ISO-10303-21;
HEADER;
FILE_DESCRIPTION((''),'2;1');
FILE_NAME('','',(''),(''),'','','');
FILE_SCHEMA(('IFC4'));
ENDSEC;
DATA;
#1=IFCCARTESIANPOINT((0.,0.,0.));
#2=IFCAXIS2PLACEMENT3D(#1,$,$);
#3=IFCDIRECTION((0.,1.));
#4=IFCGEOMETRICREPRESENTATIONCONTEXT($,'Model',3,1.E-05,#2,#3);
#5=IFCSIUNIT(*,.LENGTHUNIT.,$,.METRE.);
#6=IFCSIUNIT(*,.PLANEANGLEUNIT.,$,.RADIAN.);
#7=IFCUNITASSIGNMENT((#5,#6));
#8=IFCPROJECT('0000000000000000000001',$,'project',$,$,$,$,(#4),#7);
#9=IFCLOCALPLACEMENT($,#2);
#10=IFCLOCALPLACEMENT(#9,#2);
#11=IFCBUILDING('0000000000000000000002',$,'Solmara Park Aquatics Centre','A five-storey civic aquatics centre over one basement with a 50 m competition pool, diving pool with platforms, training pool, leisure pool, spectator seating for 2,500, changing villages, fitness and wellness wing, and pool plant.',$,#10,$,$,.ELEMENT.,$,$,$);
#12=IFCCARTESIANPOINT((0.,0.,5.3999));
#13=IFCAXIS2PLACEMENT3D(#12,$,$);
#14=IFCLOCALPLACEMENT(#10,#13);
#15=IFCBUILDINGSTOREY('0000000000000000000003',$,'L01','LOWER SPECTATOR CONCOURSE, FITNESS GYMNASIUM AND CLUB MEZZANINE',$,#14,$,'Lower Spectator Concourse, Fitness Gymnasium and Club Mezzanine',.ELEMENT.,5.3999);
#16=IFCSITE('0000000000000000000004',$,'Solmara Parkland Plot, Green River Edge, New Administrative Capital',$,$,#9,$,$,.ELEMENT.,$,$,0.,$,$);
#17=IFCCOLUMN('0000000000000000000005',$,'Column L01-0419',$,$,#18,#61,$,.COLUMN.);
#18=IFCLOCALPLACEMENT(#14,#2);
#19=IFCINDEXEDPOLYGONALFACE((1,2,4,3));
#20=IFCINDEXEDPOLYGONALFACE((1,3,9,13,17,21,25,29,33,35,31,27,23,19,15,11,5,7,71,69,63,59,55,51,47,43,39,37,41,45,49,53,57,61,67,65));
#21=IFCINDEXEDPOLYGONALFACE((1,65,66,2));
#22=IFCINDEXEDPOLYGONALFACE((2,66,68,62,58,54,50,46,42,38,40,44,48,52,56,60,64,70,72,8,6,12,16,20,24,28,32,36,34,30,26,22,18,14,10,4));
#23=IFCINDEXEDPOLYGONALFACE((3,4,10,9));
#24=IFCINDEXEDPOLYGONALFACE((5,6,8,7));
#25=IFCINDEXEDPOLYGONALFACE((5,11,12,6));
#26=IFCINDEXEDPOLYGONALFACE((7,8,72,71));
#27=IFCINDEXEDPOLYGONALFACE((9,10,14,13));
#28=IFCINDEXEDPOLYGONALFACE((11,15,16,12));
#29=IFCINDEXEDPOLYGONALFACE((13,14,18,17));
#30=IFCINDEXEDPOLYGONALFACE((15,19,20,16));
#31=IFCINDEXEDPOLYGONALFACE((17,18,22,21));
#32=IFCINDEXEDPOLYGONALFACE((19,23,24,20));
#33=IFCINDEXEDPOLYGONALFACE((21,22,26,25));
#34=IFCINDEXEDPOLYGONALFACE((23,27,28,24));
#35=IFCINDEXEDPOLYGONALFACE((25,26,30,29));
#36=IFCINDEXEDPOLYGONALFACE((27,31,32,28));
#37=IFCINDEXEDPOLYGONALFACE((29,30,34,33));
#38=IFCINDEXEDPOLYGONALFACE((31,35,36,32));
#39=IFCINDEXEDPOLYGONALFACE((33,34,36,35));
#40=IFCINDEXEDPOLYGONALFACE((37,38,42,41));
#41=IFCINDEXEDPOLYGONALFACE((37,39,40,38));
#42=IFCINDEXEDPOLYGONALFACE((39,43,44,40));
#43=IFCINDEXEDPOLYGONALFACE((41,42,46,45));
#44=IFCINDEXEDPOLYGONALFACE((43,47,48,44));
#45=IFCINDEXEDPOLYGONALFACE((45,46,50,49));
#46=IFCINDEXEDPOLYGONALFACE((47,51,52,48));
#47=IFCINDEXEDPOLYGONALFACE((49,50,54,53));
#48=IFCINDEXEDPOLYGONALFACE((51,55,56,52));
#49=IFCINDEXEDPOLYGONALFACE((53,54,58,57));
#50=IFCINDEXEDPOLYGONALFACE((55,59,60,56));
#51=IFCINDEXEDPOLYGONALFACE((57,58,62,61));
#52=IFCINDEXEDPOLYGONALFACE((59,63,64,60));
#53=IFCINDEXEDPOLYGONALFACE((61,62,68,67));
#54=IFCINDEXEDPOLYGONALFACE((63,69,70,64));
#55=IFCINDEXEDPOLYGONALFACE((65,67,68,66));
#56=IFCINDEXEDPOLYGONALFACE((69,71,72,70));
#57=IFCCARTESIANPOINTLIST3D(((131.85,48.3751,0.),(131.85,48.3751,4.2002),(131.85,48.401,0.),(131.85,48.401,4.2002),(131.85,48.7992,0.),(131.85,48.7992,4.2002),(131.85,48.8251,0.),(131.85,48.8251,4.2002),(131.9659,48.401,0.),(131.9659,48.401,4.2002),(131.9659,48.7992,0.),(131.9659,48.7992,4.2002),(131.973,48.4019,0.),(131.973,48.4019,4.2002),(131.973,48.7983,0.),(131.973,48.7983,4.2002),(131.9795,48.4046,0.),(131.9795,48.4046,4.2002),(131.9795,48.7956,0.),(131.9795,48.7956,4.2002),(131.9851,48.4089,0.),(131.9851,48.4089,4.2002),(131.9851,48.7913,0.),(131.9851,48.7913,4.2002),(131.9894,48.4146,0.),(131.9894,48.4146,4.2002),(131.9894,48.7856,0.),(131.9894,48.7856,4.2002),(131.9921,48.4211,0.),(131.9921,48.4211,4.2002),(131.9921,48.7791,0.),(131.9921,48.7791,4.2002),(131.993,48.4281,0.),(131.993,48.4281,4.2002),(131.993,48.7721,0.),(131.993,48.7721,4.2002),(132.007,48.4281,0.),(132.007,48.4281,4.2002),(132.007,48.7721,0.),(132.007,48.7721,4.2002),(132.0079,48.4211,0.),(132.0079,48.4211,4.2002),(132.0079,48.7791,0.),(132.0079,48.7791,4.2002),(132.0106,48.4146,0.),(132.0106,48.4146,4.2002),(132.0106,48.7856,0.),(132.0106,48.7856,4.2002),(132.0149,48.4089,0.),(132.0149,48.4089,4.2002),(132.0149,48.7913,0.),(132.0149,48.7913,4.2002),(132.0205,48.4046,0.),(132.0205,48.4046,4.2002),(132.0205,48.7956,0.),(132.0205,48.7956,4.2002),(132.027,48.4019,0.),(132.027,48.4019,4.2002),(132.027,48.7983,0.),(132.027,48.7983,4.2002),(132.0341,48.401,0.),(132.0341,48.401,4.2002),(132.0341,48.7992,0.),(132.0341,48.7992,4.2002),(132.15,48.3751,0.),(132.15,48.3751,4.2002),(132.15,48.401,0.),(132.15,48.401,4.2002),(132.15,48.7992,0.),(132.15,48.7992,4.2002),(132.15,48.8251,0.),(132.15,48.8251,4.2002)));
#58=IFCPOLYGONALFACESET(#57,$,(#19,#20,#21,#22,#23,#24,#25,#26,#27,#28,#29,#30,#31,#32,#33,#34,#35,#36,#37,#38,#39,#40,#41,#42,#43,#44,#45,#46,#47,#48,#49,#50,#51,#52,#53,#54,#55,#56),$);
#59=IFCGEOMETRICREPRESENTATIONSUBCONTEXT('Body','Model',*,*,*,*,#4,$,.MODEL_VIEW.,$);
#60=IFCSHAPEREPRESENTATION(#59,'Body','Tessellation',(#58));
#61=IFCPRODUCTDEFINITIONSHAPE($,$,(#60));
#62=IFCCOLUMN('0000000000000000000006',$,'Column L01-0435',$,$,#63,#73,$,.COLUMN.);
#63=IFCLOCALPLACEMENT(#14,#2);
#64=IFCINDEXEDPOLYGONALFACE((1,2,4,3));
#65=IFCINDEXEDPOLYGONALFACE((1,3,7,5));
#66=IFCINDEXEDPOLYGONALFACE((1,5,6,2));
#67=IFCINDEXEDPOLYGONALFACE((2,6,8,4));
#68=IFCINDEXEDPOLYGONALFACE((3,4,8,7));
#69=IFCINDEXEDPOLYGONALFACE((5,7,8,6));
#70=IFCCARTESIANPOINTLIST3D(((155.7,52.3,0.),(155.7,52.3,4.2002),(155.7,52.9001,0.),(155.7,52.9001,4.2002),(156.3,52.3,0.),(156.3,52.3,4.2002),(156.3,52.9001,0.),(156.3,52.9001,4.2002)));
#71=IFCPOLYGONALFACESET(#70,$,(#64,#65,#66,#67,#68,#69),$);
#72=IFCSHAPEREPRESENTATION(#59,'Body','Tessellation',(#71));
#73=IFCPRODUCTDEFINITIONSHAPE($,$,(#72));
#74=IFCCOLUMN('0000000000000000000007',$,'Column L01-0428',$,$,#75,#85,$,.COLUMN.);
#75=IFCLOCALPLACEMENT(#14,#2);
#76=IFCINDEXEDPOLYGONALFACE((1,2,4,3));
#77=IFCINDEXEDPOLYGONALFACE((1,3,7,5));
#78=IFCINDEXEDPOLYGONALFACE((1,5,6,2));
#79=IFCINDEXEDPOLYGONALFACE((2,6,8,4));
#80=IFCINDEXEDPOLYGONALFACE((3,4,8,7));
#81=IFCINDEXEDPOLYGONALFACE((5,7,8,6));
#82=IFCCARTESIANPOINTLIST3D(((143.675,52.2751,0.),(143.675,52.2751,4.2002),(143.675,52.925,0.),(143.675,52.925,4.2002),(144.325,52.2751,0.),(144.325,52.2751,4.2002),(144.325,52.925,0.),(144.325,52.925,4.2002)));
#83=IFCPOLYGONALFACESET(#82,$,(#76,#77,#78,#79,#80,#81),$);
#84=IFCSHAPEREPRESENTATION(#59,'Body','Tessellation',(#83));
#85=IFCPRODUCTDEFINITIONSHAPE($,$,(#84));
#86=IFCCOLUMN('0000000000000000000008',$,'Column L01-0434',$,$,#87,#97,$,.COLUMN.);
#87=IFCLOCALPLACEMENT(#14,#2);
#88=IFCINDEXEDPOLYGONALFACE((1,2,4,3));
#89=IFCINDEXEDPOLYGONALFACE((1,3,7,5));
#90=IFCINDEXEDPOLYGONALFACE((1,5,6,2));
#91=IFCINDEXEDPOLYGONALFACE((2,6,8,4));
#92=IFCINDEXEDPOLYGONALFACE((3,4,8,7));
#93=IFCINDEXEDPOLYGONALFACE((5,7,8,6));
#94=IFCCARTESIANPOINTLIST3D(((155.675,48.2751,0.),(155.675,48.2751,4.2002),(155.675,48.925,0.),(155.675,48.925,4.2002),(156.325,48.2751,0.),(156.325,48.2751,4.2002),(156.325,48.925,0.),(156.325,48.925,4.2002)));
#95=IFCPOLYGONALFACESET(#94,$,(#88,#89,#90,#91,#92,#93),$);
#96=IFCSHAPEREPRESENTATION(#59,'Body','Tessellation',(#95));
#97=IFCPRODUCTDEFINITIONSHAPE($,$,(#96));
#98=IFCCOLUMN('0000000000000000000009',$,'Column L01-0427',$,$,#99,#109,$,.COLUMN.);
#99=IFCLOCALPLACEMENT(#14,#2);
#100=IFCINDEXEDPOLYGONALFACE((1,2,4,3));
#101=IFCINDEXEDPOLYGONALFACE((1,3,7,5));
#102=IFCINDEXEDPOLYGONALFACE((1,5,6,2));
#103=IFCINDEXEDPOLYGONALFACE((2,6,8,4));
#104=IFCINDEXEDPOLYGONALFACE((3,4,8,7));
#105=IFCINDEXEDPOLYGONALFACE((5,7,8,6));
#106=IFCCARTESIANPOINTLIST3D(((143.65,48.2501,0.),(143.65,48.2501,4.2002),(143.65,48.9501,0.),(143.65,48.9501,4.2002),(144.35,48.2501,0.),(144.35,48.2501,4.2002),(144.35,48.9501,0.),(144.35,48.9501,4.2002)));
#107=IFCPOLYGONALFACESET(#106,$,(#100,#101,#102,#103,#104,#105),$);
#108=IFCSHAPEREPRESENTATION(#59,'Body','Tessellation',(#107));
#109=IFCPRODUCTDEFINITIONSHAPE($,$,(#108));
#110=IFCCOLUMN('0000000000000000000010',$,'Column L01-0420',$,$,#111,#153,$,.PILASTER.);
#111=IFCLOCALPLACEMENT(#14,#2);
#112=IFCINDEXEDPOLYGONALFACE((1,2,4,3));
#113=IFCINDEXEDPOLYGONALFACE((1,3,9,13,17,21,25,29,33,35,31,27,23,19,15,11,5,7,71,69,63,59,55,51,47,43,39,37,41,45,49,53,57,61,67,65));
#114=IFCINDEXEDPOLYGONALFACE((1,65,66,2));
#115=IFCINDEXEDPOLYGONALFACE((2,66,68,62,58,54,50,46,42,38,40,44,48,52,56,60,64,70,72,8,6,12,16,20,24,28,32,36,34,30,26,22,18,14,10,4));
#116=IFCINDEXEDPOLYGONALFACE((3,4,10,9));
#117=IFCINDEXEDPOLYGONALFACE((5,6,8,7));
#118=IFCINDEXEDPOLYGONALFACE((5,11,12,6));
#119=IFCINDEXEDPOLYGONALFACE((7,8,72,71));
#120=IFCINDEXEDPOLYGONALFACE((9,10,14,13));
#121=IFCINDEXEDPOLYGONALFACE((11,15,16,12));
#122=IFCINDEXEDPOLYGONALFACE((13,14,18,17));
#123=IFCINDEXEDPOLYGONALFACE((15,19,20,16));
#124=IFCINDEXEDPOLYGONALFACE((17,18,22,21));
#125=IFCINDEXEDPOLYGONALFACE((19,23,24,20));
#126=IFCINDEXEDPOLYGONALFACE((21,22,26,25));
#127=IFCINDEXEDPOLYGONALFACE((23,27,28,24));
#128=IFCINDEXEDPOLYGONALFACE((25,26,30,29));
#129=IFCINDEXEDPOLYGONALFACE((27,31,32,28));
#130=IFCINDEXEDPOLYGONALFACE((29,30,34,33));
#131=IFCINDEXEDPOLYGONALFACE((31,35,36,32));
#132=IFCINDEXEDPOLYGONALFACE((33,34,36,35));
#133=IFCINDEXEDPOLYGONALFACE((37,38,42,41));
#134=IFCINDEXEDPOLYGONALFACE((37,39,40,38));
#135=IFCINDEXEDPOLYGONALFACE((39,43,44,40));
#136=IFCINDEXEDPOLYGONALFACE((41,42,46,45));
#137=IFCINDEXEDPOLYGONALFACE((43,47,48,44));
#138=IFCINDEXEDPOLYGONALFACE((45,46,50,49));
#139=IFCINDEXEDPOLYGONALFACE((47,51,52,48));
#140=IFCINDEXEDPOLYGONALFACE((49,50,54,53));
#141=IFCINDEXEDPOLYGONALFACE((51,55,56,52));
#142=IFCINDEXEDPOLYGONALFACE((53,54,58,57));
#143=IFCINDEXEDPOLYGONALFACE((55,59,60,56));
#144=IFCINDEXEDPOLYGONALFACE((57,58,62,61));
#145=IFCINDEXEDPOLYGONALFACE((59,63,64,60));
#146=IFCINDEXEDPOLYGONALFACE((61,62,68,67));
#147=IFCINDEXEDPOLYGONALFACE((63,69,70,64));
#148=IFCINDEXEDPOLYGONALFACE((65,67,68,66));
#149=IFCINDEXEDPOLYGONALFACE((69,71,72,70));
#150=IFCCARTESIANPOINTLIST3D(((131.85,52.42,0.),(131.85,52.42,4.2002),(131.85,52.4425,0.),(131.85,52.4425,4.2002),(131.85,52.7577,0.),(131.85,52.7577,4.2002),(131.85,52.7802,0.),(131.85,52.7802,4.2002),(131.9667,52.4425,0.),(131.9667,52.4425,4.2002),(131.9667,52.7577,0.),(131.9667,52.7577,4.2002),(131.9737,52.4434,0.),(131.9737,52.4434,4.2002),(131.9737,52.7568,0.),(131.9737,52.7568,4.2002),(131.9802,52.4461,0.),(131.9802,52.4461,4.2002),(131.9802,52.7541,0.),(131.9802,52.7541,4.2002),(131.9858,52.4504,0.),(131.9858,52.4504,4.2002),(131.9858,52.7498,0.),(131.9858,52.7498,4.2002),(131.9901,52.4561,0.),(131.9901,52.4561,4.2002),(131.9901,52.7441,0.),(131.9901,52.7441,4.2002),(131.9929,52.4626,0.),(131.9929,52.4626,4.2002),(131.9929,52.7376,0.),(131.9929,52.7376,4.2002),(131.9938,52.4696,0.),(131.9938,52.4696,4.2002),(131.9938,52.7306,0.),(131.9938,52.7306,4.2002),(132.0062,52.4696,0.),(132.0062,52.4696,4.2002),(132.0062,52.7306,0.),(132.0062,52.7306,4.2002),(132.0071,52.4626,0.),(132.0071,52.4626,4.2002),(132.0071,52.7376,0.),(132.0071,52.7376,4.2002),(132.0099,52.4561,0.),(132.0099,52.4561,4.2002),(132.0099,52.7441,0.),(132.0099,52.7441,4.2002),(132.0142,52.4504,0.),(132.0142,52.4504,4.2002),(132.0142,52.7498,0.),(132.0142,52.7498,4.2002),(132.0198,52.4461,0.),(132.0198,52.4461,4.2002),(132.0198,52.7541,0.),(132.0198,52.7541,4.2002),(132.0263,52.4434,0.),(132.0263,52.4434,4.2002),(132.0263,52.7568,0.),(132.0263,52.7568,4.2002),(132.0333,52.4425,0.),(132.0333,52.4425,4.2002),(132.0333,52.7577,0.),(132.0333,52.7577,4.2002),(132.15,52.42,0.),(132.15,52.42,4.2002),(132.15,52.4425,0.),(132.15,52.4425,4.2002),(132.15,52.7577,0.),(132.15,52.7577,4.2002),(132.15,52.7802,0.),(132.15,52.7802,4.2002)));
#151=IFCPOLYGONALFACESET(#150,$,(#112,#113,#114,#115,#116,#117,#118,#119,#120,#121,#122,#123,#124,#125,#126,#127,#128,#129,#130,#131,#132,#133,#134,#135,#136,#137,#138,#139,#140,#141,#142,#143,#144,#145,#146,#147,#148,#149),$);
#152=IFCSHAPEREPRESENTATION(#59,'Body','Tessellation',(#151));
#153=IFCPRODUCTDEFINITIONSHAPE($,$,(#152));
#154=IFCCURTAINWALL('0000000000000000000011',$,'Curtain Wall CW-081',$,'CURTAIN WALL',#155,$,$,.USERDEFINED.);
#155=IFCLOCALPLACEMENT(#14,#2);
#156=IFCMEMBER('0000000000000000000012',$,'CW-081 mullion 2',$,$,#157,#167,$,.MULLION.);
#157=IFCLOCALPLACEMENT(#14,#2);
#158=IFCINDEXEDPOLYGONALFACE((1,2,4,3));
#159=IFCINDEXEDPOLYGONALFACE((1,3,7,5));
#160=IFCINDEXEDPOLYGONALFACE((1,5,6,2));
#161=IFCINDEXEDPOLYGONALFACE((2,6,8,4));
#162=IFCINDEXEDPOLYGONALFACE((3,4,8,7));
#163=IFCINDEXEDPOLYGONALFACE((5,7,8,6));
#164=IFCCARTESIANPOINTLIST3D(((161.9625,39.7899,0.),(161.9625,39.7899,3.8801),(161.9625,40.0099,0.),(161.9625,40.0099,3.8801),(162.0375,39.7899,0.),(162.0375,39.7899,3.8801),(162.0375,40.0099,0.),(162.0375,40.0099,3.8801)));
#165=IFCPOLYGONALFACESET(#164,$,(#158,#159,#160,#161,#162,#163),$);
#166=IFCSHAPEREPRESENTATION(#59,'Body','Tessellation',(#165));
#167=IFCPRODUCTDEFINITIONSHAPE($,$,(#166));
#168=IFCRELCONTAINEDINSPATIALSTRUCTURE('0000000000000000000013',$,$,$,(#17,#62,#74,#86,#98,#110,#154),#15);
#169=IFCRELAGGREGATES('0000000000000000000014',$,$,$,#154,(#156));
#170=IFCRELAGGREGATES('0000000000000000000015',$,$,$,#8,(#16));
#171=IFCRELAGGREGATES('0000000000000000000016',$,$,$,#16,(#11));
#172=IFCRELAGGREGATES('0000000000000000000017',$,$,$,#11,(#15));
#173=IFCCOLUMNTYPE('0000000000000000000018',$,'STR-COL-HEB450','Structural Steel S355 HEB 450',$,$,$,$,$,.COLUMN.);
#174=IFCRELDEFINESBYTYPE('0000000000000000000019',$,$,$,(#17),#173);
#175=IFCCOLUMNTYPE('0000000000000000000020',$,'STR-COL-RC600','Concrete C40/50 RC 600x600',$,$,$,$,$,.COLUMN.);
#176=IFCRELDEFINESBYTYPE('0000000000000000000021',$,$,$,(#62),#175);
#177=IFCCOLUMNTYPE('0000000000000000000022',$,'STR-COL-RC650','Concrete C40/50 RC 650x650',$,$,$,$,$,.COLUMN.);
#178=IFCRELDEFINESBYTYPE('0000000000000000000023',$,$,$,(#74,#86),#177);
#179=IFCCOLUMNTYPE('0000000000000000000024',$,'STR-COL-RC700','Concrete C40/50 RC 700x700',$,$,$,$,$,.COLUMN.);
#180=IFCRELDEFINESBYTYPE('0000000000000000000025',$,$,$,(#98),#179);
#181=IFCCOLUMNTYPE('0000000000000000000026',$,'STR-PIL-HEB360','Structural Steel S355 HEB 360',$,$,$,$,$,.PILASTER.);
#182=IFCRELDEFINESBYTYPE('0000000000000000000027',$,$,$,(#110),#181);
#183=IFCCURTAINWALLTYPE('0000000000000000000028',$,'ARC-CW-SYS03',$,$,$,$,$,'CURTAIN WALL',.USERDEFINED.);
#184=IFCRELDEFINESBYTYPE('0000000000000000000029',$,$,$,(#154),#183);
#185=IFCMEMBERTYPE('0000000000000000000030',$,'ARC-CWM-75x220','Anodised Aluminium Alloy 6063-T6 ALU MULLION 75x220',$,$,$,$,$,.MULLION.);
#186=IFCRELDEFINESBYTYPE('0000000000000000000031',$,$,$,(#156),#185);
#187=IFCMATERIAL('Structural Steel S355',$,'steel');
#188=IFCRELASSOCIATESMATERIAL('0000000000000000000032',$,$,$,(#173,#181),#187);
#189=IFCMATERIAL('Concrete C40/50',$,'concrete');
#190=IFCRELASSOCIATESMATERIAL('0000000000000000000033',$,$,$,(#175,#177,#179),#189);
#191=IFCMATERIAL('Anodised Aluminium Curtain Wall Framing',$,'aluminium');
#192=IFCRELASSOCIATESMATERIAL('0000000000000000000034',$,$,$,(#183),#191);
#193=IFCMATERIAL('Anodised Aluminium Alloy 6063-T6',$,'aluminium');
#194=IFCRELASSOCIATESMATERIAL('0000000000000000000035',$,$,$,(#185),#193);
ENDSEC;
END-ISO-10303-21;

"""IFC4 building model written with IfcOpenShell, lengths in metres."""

from ifc_helpers import new_model, si_unit, direction, frame, origin, origin_2d, place, context, subcontext, project, spatial, rectangle, i_section, extrude, material, material_profile, profile_set, type_object, element, aggregate, save


model = new_model("IFC4")

# Units and contexts
model_context = context("Model", 3, precision=1e-05, world=origin(), true_north=direction((0.0, 1.0)))
body_context = subcontext(model_context, "Body", "Model", "MODEL_VIEW")
ifc_project = project(units=[si_unit("LENGTHUNIT", "METRE"), si_unit("PLANEANGLEUNIT", "RADIAN")], contexts=[model_context])

# Site, building, storey
site_placement = place(None, origin())
site = spatial("IfcSite", under=ifc_project, at=site_placement, Name="Solmara Parkland Plot, Green River Edge, New Administrative Capital", CompositionType="ELEMENT", RefElevation=0.0)
building_placement = place(site_placement, origin())
building = spatial("IfcBuilding", under=site, at=building_placement, Name="Solmara Park Aquatics Centre", Description="A five-storey civic aquatics centre over one basement with a 50 m competition pool, diving pool with platforms, training pool, leisure pool, spectator seating for 2,500, changing villages, fitness and wellness wing, and pool plant.", CompositionType="ELEMENT")
storey_placement = place(building_placement, frame((0.0, 0.0, 5.3999)))
storey = spatial("IfcBuildingStorey", under=building, at=storey_placement, Name="L01", Description="LOWER SPECTATOR CONCOURSE, FITNESS GYMNASIUM AND CLUB MEZZANINE", LongName="Lower Spectator Concourse, Fitness Gymnasium and Club Mezzanine", CompositionType="ELEMENT", Elevation=5.3999)

# Columns
ifc_material_1 = material(Name="Structural Steel S355", Category="steel")
ifc_material_profile_1 = material_profile(ifc_material_1, i_section(OverallWidth=0.3, OverallDepth=0.45, WebThickness=0.0139, FlangeThickness=0.0259, FilletRadius=0.0271, at=origin_2d()), Name="HEB 450")
ifc_profile_set_1 = profile_set([ifc_material_profile_1], Name="Structural Steel S355")
column_type_1 = type_object("IfcColumnType", Name="STR-COL-HEB450", Description="Structural Steel S355 HEB 450", PredefinedType="COLUMN", material=ifc_profile_set_1)
column_1_placement = place(storey_placement, frame((132.0, 48.6001, 0.0), z_axis=(0.0, 0.0, 1.0), x_axis=(1.0, 0.0, 0.0)))
element("IfcColumn", 1, at=column_1_placement, inside=storey, type_object=column_type_1, Name="Column L01-0419", PredefinedType="COLUMN", context=body_context, shape_type="SweptSolid", body=[
    extrude(i_section(OverallWidth=0.3, OverallDepth=0.45, WebThickness=0.0139, FlangeThickness=0.0259, FilletRadius=0.0271, at=origin_2d()), origin(), (0.0, 0.0, 1.0), 4.2002),
])
ifc_material_2 = material(Name="Concrete C40/50", Category="concrete")
ifc_material_profile_2 = material_profile(ifc_material_2, rectangle(XDim=0.6001, YDim=0.6001, at=origin_2d()), Name="RC 600x600")
ifc_profile_set_2 = profile_set([ifc_material_profile_2], Name="Concrete C40/50")
column_type_2 = type_object("IfcColumnType", Name="STR-COL-RC600", Description="Concrete C40/50 RC 600x600", PredefinedType="COLUMN", material=ifc_profile_set_2)
column_2_placement = place(storey_placement, frame((156.0, 52.6001, 0.0), z_axis=(0.0, 0.0, 1.0), x_axis=(1.0, 0.0, 0.0)))
element("IfcColumn", 2, at=column_2_placement, inside=storey, type_object=column_type_2, Name="Column L01-0435", PredefinedType="COLUMN", context=body_context, shape_type="SweptSolid", body=[
    extrude(rectangle(XDim=0.6001, YDim=0.6001, at=origin_2d()), origin(), (0.0, 0.0, 1.0), 4.2002),
])
ifc_material_profile_3 = material_profile(ifc_material_2, rectangle(XDim=0.6499, YDim=0.6499, at=origin_2d()), Name="RC 650x650")
ifc_profile_set_3 = profile_set([ifc_material_profile_3], Name="Concrete C40/50")
column_type_3 = type_object("IfcColumnType", Name="STR-COL-RC650", Description="Concrete C40/50 RC 650x650", PredefinedType="COLUMN", material=ifc_profile_set_3)
for number, where, z_axis, x_axis, name in (
    (3, (144.0, 52.6001, 0.0), (0.0, 0.0, 1.0), (1.0, 0.0, 0.0), "Column L01-0428"),
    (4, (156.0, 48.6001, 0.0), (0.0, 0.0, 1.0), (1.0, 0.0, 0.0), "Column L01-0434"),
):
    element("IfcColumn", number, at=place(storey_placement, frame(where, z_axis=z_axis, x_axis=x_axis)), inside=storey, type_object=column_type_3, Name=name, PredefinedType="COLUMN", context=body_context, shape_type="SweptSolid", body=[
        extrude(rectangle(XDim=0.6499, YDim=0.6499, at=origin_2d()), origin(), (0.0, 0.0, 1.0), 4.2002),
    ])
ifc_material_profile_4 = material_profile(ifc_material_2, rectangle(XDim=0.7, YDim=0.7, at=origin_2d()), Name="RC 700x700")
ifc_profile_set_4 = profile_set([ifc_material_profile_4], Name="Concrete C40/50")
column_type_4 = type_object("IfcColumnType", Name="STR-COL-RC700", Description="Concrete C40/50 RC 700x700", PredefinedType="COLUMN", material=ifc_profile_set_4)
column_3_placement = place(storey_placement, frame((144.0, 48.6001, 0.0), z_axis=(0.0, 0.0, 1.0), x_axis=(1.0, 0.0, 0.0)))
element("IfcColumn", 5, at=column_3_placement, inside=storey, type_object=column_type_4, Name="Column L01-0427", PredefinedType="COLUMN", context=body_context, shape_type="SweptSolid", body=[
    extrude(rectangle(XDim=0.7, YDim=0.7, at=origin_2d()), origin(), (0.0, 0.0, 1.0), 4.2002),
])
ifc_material_profile_5 = material_profile(ifc_material_1, i_section(OverallWidth=0.3, OverallDepth=0.3601, WebThickness=0.0125, FlangeThickness=0.0225, FilletRadius=0.0271, at=origin_2d()), Name="HEB 360")
ifc_profile_set_5 = profile_set([ifc_material_profile_5], Name="Structural Steel S355")
column_type_5 = type_object("IfcColumnType", Name="STR-PIL-HEB360", Description="Structural Steel S355 HEB 360", PredefinedType="PILASTER", material=ifc_profile_set_5)
column_4_placement = place(storey_placement, frame((132.0, 52.6001, 0.0), z_axis=(0.0, 0.0, 1.0), x_axis=(1.0, 0.0, 0.0)))
element("IfcColumn", 6, at=column_4_placement, inside=storey, type_object=column_type_5, Name="Column L01-0420", PredefinedType="PILASTER", context=body_context, shape_type="SweptSolid", body=[
    extrude(i_section(OverallWidth=0.3, OverallDepth=0.3601, WebThickness=0.0125, FlangeThickness=0.0225, FilletRadius=0.0271, at=origin_2d()), origin(), (0.0, 0.0, 1.0), 4.2002),
])

# Curtain wall, member
ifc_material_3 = material(Name="Anodised Aluminium Curtain Wall Framing", Category="aluminium")
curtain_wall_type = type_object("IfcCurtainWallType", Name="ARC-CW-SYS03", ElementType="CURTAIN WALL", PredefinedType="USERDEFINED", material=ifc_material_3)
curtain_wall_placement = place(storey_placement, origin())
curtain_wall = element("IfcCurtainWall", 7, at=curtain_wall_placement, inside=storey, type_object=curtain_wall_type, Name="Curtain Wall CW-081", ObjectType="CURTAIN WALL", PredefinedType="USERDEFINED")
ifc_material_4 = material(Name="Anodised Aluminium Alloy 6063-T6", Category="aluminium")
ifc_material_profile_6 = material_profile(ifc_material_4, rectangle(XDim=0.075, YDim=0.22, at=origin_2d()), Name="ALU MULLION 75x220")
ifc_profile_set_6 = profile_set([ifc_material_profile_6], Name="Anodised Aluminium Alloy 6063-T6")
member_type = type_object("IfcMemberType", Name="ARC-CWM-75x220", Description="Anodised Aluminium Alloy 6063-T6 ALU MULLION 75x220", PredefinedType="MULLION", material=ifc_profile_set_6)
member_placement = place(storey_placement, frame((162.0, 39.8999, 0.0), z_axis=(0.0, 0.0, 1.0), x_axis=(1.0, 0.0, 0.0)))
member = element("IfcMember", 8, at=member_placement, type_object=member_type, Name="CW-081 mullion 2", PredefinedType="MULLION", context=body_context, shape_type="SweptSolid", body=[
    extrude(rectangle(XDim=0.075, YDim=0.22, at=origin_2d()), origin(), (0.0, 0.0, 1.0), 3.8801),
])
aggregate(curtain_wall, [member])

save(model, "model.ifc")
